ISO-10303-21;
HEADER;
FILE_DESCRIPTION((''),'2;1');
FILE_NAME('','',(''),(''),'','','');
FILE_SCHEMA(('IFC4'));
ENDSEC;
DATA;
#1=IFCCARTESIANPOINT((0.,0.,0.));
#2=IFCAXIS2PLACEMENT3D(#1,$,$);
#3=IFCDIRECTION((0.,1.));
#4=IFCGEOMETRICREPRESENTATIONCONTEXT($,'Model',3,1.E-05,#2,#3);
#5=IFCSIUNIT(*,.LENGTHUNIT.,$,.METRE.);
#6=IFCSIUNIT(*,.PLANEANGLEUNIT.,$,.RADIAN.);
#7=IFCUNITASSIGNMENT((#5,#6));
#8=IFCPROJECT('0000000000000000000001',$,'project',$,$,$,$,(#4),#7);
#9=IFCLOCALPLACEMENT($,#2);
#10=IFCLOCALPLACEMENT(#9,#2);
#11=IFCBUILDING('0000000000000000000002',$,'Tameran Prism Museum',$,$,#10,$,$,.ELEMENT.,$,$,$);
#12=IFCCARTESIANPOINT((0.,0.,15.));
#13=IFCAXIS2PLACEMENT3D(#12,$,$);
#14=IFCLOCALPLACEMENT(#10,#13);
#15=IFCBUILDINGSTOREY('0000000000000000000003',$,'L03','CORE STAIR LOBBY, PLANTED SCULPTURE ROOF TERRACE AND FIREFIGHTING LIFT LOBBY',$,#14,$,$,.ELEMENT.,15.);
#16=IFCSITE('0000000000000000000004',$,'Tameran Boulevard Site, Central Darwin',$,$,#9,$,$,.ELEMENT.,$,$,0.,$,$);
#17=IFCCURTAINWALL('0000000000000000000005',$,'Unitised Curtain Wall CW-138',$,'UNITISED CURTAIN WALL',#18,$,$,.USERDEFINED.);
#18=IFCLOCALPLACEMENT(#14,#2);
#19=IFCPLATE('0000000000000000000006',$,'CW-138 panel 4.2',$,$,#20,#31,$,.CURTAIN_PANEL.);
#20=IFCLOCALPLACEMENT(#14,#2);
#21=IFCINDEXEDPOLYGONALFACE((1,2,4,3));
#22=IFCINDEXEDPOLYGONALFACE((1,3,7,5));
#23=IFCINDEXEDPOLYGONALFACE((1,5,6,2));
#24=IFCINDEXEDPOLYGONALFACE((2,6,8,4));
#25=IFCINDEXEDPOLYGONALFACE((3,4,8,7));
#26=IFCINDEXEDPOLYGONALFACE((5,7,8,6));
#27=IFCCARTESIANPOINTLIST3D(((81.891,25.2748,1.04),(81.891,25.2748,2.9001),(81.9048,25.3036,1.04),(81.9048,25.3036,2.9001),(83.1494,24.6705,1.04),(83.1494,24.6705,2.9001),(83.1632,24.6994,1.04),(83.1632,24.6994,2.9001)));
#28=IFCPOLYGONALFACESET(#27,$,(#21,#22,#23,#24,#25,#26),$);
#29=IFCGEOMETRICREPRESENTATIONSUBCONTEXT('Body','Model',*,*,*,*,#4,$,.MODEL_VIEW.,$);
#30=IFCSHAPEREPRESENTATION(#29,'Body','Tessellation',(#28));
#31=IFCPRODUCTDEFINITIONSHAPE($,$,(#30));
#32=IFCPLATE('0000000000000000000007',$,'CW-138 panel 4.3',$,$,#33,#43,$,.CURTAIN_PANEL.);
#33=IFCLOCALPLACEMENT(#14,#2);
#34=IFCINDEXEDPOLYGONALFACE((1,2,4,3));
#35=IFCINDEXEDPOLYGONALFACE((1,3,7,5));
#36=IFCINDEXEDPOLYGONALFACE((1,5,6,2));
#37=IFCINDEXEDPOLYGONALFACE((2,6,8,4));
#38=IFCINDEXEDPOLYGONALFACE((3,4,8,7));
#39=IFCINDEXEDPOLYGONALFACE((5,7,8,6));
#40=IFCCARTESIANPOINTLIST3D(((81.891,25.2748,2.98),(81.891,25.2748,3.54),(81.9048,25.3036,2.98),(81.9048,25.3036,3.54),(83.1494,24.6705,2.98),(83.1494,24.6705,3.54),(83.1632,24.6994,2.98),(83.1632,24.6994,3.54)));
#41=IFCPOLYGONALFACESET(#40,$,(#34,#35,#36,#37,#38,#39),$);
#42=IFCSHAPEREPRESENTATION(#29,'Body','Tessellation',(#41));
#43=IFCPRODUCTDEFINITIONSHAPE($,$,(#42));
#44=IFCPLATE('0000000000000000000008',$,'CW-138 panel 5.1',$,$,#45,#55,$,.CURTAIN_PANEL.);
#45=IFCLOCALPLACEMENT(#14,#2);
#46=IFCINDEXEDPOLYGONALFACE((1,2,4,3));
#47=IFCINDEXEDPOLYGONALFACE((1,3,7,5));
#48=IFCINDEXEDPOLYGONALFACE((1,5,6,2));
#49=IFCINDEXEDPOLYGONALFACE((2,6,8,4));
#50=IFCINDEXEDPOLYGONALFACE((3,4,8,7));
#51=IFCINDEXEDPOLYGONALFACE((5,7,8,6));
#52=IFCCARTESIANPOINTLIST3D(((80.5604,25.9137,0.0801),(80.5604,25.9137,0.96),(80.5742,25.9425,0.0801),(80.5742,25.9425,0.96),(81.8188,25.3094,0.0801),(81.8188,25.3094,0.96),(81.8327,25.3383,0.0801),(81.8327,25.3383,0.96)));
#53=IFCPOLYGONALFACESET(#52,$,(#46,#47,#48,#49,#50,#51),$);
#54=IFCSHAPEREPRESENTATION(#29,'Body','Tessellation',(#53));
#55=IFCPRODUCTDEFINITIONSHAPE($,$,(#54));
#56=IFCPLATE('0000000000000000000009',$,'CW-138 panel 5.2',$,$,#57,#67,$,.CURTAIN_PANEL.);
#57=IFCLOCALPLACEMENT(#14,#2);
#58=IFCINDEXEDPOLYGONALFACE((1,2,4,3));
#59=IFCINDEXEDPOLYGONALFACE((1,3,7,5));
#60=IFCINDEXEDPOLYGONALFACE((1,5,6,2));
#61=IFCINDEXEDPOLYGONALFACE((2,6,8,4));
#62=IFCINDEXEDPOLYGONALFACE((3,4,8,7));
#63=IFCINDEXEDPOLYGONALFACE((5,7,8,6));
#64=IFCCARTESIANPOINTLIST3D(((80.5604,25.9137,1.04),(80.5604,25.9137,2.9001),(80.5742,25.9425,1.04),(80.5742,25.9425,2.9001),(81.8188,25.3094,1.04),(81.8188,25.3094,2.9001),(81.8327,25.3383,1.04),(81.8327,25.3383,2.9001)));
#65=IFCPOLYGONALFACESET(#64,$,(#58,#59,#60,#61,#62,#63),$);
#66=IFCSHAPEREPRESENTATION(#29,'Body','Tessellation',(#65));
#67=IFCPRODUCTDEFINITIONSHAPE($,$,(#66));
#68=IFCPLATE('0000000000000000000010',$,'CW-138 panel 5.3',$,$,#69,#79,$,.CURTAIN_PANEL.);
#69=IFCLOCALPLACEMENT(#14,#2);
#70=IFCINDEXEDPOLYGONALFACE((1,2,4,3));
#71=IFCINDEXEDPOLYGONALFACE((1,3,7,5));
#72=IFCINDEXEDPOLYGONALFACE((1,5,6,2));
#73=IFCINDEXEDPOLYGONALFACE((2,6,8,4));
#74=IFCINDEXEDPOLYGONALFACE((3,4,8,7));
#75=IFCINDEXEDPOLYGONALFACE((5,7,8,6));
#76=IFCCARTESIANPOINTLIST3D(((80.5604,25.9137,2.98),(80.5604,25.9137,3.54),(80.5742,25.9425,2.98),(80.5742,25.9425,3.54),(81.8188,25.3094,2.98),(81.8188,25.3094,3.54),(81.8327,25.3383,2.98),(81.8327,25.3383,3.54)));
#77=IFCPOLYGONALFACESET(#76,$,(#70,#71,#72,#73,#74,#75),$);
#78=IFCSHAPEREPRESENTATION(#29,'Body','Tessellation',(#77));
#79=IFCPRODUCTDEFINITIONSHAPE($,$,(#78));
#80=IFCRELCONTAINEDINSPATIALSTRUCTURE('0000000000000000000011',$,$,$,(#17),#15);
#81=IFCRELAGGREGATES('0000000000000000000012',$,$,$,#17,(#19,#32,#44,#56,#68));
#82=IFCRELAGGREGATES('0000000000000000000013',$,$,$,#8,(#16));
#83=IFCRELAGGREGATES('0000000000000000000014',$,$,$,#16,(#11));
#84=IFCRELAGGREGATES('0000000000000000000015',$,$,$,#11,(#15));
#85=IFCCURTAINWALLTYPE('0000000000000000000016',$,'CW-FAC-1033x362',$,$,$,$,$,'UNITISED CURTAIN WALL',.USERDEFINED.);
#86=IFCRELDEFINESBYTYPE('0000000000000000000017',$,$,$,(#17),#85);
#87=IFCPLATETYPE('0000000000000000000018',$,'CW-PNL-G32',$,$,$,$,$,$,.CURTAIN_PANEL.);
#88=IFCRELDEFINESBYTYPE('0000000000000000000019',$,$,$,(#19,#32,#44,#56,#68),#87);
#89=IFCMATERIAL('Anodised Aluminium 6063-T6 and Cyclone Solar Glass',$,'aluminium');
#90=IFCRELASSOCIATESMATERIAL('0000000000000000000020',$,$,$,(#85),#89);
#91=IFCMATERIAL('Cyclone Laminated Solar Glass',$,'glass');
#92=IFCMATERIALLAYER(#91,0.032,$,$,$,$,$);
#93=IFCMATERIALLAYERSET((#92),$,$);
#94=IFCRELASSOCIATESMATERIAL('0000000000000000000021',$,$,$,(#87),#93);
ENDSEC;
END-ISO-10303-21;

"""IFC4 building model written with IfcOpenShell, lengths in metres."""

from ifc_helpers import new_model, si_unit, direction, frame, origin, origin_2d, place, context, subcontext, project, spatial, rectangle, extrude, material, layer, layer_set, type_object, element, aggregate, save


model = new_model("IFC4")

# Units and contexts
model_context = context("Model", 3, precision=1e-05, world=origin(), true_north=direction((0.0, 1.0)))
body_context = subcontext(model_context, "Body", "Model", "MODEL_VIEW")
ifc_project = project(units=[si_unit("LENGTHUNIT", "METRE"), si_unit("PLANEANGLEUNIT", "RADIAN")], contexts=[model_context])

# Site, building, storey
site_placement = place(None, origin())
site = spatial("IfcSite", under=ifc_project, at=site_placement, Name="Tameran Boulevard Site, Central Darwin", CompositionType="ELEMENT", RefElevation=0.0)
building_placement = place(site_placement, origin())
building = spatial("IfcBuilding", under=site, at=building_placement, Name="Tameran Prism Museum", CompositionType="ELEMENT")
storey_placement = place(building_placement, frame((0.0, 0.0, 15.0)))
storey = spatial("IfcBuildingStorey", under=building, at=storey_placement, Name="L03", Description="CORE STAIR LOBBY, PLANTED SCULPTURE ROOF TERRACE AND FIREFIGHTING LIFT LOBBY", CompositionType="ELEMENT", Elevation=15.0)

# Curtain wall, plates
ifc_material_1 = material(Name="Anodised Aluminium 6063-T6 and Cyclone Solar Glass", Category="aluminium")
curtain_wall_type = type_object("IfcCurtainWallType", Name="CW-FAC-1033x362", ElementType="UNITISED CURTAIN WALL", PredefinedType="USERDEFINED", material=ifc_material_1)
curtain_wall_placement = place(storey_placement, origin())
curtain_wall = element("IfcCurtainWall", 1, at=curtain_wall_placement, inside=storey, type_object=curtain_wall_type, Name="Unitised Curtain Wall CW-138", ObjectType="UNITISED CURTAIN WALL", PredefinedType="USERDEFINED")
ifc_material_2 = material(Name="Cyclone Laminated Solar Glass", Category="glass")
ifc_layer_1 = layer(ifc_material_2, 0.032)
ifc_layer_set_1 = layer_set([ifc_layer_1])
plate_type = type_object("IfcPlateType", Name="CW-PNL-G32", PredefinedType="CURTAIN_PANEL", material=ifc_layer_set_1)
plate_1_placement = place(storey_placement, frame((82.5271, 24.9871, 1.04), z_axis=(0.0, 0.0, 1.0), x_axis=(-0.901475, 0.432832, 0.0)))
plate_1 = element("IfcPlate", 2, at=plate_1_placement, type_object=plate_type, Name="CW-138 panel 4.2", PredefinedType="CURTAIN_PANEL", context=body_context, shape_type="SweptSolid", body=[
    extrude(rectangle(XDim=1.396, YDim=0.032, at=origin_2d()), origin(), (0.0, 0.0, 1.0), 1.8601),
])
plate_2_placement = place(storey_placement, frame((82.5271, 24.9871, 2.98), z_axis=(0.0, 0.0, 1.0), x_axis=(-0.901475, 0.432832, 0.0)))
plate_2 = element("IfcPlate", 3, at=plate_2_placement, type_object=plate_type, Name="CW-138 panel 4.3", PredefinedType="CURTAIN_PANEL", context=body_context, shape_type="SweptSolid", body=[
    extrude(rectangle(XDim=1.396, YDim=0.032, at=origin_2d()), origin(), (0.0, 0.0, 1.0), 0.5601),
])
plate_3_placement = place(storey_placement, frame((81.1965, 25.626, 0.0801), z_axis=(0.0, 0.0, 1.0), x_axis=(-0.901475, 0.432832, 0.0)))
plate_3 = element("IfcPlate", 4, at=plate_3_placement, type_object=plate_type, Name="CW-138 panel 5.1", PredefinedType="CURTAIN_PANEL", context=body_context, shape_type="SweptSolid", body=[
    extrude(rectangle(XDim=1.396, YDim=0.032, at=origin_2d()), origin(), (0.0, 0.0, 1.0), 0.8799),
])
plate_4_placement = place(storey_placement, frame((81.1965, 25.626, 1.04), z_axis=(0.0, 0.0, 1.0), x_axis=(-0.901475, 0.432832, 0.0)))
plate_4 = element("IfcPlate", 5, at=plate_4_placement, type_object=plate_type, Name="CW-138 panel 5.2", PredefinedType="CURTAIN_PANEL", context=body_context, shape_type="SweptSolid", body=[
    extrude(rectangle(XDim=1.396, YDim=0.032, at=origin_2d()), origin(), (0.0, 0.0, 1.0), 1.8601),
])
plate_5_placement = place(storey_placement, frame((81.1965, 25.626, 2.98), z_axis=(0.0, 0.0, 1.0), x_axis=(-0.901475, 0.432832, 0.0)))
plate_5 = element("IfcPlate", 6, at=plate_5_placement, type_object=plate_type, Name="CW-138 panel 5.3", PredefinedType="CURTAIN_PANEL", context=body_context, shape_type="SweptSolid", body=[
    extrude(rectangle(XDim=1.396, YDim=0.032, at=origin_2d()), origin(), (0.0, 0.0, 1.0), 0.5601),
])
aggregate(curtain_wall, [plate_1, plate_2, plate_3, plate_4, plate_5])

save(model, "model.ifc")
